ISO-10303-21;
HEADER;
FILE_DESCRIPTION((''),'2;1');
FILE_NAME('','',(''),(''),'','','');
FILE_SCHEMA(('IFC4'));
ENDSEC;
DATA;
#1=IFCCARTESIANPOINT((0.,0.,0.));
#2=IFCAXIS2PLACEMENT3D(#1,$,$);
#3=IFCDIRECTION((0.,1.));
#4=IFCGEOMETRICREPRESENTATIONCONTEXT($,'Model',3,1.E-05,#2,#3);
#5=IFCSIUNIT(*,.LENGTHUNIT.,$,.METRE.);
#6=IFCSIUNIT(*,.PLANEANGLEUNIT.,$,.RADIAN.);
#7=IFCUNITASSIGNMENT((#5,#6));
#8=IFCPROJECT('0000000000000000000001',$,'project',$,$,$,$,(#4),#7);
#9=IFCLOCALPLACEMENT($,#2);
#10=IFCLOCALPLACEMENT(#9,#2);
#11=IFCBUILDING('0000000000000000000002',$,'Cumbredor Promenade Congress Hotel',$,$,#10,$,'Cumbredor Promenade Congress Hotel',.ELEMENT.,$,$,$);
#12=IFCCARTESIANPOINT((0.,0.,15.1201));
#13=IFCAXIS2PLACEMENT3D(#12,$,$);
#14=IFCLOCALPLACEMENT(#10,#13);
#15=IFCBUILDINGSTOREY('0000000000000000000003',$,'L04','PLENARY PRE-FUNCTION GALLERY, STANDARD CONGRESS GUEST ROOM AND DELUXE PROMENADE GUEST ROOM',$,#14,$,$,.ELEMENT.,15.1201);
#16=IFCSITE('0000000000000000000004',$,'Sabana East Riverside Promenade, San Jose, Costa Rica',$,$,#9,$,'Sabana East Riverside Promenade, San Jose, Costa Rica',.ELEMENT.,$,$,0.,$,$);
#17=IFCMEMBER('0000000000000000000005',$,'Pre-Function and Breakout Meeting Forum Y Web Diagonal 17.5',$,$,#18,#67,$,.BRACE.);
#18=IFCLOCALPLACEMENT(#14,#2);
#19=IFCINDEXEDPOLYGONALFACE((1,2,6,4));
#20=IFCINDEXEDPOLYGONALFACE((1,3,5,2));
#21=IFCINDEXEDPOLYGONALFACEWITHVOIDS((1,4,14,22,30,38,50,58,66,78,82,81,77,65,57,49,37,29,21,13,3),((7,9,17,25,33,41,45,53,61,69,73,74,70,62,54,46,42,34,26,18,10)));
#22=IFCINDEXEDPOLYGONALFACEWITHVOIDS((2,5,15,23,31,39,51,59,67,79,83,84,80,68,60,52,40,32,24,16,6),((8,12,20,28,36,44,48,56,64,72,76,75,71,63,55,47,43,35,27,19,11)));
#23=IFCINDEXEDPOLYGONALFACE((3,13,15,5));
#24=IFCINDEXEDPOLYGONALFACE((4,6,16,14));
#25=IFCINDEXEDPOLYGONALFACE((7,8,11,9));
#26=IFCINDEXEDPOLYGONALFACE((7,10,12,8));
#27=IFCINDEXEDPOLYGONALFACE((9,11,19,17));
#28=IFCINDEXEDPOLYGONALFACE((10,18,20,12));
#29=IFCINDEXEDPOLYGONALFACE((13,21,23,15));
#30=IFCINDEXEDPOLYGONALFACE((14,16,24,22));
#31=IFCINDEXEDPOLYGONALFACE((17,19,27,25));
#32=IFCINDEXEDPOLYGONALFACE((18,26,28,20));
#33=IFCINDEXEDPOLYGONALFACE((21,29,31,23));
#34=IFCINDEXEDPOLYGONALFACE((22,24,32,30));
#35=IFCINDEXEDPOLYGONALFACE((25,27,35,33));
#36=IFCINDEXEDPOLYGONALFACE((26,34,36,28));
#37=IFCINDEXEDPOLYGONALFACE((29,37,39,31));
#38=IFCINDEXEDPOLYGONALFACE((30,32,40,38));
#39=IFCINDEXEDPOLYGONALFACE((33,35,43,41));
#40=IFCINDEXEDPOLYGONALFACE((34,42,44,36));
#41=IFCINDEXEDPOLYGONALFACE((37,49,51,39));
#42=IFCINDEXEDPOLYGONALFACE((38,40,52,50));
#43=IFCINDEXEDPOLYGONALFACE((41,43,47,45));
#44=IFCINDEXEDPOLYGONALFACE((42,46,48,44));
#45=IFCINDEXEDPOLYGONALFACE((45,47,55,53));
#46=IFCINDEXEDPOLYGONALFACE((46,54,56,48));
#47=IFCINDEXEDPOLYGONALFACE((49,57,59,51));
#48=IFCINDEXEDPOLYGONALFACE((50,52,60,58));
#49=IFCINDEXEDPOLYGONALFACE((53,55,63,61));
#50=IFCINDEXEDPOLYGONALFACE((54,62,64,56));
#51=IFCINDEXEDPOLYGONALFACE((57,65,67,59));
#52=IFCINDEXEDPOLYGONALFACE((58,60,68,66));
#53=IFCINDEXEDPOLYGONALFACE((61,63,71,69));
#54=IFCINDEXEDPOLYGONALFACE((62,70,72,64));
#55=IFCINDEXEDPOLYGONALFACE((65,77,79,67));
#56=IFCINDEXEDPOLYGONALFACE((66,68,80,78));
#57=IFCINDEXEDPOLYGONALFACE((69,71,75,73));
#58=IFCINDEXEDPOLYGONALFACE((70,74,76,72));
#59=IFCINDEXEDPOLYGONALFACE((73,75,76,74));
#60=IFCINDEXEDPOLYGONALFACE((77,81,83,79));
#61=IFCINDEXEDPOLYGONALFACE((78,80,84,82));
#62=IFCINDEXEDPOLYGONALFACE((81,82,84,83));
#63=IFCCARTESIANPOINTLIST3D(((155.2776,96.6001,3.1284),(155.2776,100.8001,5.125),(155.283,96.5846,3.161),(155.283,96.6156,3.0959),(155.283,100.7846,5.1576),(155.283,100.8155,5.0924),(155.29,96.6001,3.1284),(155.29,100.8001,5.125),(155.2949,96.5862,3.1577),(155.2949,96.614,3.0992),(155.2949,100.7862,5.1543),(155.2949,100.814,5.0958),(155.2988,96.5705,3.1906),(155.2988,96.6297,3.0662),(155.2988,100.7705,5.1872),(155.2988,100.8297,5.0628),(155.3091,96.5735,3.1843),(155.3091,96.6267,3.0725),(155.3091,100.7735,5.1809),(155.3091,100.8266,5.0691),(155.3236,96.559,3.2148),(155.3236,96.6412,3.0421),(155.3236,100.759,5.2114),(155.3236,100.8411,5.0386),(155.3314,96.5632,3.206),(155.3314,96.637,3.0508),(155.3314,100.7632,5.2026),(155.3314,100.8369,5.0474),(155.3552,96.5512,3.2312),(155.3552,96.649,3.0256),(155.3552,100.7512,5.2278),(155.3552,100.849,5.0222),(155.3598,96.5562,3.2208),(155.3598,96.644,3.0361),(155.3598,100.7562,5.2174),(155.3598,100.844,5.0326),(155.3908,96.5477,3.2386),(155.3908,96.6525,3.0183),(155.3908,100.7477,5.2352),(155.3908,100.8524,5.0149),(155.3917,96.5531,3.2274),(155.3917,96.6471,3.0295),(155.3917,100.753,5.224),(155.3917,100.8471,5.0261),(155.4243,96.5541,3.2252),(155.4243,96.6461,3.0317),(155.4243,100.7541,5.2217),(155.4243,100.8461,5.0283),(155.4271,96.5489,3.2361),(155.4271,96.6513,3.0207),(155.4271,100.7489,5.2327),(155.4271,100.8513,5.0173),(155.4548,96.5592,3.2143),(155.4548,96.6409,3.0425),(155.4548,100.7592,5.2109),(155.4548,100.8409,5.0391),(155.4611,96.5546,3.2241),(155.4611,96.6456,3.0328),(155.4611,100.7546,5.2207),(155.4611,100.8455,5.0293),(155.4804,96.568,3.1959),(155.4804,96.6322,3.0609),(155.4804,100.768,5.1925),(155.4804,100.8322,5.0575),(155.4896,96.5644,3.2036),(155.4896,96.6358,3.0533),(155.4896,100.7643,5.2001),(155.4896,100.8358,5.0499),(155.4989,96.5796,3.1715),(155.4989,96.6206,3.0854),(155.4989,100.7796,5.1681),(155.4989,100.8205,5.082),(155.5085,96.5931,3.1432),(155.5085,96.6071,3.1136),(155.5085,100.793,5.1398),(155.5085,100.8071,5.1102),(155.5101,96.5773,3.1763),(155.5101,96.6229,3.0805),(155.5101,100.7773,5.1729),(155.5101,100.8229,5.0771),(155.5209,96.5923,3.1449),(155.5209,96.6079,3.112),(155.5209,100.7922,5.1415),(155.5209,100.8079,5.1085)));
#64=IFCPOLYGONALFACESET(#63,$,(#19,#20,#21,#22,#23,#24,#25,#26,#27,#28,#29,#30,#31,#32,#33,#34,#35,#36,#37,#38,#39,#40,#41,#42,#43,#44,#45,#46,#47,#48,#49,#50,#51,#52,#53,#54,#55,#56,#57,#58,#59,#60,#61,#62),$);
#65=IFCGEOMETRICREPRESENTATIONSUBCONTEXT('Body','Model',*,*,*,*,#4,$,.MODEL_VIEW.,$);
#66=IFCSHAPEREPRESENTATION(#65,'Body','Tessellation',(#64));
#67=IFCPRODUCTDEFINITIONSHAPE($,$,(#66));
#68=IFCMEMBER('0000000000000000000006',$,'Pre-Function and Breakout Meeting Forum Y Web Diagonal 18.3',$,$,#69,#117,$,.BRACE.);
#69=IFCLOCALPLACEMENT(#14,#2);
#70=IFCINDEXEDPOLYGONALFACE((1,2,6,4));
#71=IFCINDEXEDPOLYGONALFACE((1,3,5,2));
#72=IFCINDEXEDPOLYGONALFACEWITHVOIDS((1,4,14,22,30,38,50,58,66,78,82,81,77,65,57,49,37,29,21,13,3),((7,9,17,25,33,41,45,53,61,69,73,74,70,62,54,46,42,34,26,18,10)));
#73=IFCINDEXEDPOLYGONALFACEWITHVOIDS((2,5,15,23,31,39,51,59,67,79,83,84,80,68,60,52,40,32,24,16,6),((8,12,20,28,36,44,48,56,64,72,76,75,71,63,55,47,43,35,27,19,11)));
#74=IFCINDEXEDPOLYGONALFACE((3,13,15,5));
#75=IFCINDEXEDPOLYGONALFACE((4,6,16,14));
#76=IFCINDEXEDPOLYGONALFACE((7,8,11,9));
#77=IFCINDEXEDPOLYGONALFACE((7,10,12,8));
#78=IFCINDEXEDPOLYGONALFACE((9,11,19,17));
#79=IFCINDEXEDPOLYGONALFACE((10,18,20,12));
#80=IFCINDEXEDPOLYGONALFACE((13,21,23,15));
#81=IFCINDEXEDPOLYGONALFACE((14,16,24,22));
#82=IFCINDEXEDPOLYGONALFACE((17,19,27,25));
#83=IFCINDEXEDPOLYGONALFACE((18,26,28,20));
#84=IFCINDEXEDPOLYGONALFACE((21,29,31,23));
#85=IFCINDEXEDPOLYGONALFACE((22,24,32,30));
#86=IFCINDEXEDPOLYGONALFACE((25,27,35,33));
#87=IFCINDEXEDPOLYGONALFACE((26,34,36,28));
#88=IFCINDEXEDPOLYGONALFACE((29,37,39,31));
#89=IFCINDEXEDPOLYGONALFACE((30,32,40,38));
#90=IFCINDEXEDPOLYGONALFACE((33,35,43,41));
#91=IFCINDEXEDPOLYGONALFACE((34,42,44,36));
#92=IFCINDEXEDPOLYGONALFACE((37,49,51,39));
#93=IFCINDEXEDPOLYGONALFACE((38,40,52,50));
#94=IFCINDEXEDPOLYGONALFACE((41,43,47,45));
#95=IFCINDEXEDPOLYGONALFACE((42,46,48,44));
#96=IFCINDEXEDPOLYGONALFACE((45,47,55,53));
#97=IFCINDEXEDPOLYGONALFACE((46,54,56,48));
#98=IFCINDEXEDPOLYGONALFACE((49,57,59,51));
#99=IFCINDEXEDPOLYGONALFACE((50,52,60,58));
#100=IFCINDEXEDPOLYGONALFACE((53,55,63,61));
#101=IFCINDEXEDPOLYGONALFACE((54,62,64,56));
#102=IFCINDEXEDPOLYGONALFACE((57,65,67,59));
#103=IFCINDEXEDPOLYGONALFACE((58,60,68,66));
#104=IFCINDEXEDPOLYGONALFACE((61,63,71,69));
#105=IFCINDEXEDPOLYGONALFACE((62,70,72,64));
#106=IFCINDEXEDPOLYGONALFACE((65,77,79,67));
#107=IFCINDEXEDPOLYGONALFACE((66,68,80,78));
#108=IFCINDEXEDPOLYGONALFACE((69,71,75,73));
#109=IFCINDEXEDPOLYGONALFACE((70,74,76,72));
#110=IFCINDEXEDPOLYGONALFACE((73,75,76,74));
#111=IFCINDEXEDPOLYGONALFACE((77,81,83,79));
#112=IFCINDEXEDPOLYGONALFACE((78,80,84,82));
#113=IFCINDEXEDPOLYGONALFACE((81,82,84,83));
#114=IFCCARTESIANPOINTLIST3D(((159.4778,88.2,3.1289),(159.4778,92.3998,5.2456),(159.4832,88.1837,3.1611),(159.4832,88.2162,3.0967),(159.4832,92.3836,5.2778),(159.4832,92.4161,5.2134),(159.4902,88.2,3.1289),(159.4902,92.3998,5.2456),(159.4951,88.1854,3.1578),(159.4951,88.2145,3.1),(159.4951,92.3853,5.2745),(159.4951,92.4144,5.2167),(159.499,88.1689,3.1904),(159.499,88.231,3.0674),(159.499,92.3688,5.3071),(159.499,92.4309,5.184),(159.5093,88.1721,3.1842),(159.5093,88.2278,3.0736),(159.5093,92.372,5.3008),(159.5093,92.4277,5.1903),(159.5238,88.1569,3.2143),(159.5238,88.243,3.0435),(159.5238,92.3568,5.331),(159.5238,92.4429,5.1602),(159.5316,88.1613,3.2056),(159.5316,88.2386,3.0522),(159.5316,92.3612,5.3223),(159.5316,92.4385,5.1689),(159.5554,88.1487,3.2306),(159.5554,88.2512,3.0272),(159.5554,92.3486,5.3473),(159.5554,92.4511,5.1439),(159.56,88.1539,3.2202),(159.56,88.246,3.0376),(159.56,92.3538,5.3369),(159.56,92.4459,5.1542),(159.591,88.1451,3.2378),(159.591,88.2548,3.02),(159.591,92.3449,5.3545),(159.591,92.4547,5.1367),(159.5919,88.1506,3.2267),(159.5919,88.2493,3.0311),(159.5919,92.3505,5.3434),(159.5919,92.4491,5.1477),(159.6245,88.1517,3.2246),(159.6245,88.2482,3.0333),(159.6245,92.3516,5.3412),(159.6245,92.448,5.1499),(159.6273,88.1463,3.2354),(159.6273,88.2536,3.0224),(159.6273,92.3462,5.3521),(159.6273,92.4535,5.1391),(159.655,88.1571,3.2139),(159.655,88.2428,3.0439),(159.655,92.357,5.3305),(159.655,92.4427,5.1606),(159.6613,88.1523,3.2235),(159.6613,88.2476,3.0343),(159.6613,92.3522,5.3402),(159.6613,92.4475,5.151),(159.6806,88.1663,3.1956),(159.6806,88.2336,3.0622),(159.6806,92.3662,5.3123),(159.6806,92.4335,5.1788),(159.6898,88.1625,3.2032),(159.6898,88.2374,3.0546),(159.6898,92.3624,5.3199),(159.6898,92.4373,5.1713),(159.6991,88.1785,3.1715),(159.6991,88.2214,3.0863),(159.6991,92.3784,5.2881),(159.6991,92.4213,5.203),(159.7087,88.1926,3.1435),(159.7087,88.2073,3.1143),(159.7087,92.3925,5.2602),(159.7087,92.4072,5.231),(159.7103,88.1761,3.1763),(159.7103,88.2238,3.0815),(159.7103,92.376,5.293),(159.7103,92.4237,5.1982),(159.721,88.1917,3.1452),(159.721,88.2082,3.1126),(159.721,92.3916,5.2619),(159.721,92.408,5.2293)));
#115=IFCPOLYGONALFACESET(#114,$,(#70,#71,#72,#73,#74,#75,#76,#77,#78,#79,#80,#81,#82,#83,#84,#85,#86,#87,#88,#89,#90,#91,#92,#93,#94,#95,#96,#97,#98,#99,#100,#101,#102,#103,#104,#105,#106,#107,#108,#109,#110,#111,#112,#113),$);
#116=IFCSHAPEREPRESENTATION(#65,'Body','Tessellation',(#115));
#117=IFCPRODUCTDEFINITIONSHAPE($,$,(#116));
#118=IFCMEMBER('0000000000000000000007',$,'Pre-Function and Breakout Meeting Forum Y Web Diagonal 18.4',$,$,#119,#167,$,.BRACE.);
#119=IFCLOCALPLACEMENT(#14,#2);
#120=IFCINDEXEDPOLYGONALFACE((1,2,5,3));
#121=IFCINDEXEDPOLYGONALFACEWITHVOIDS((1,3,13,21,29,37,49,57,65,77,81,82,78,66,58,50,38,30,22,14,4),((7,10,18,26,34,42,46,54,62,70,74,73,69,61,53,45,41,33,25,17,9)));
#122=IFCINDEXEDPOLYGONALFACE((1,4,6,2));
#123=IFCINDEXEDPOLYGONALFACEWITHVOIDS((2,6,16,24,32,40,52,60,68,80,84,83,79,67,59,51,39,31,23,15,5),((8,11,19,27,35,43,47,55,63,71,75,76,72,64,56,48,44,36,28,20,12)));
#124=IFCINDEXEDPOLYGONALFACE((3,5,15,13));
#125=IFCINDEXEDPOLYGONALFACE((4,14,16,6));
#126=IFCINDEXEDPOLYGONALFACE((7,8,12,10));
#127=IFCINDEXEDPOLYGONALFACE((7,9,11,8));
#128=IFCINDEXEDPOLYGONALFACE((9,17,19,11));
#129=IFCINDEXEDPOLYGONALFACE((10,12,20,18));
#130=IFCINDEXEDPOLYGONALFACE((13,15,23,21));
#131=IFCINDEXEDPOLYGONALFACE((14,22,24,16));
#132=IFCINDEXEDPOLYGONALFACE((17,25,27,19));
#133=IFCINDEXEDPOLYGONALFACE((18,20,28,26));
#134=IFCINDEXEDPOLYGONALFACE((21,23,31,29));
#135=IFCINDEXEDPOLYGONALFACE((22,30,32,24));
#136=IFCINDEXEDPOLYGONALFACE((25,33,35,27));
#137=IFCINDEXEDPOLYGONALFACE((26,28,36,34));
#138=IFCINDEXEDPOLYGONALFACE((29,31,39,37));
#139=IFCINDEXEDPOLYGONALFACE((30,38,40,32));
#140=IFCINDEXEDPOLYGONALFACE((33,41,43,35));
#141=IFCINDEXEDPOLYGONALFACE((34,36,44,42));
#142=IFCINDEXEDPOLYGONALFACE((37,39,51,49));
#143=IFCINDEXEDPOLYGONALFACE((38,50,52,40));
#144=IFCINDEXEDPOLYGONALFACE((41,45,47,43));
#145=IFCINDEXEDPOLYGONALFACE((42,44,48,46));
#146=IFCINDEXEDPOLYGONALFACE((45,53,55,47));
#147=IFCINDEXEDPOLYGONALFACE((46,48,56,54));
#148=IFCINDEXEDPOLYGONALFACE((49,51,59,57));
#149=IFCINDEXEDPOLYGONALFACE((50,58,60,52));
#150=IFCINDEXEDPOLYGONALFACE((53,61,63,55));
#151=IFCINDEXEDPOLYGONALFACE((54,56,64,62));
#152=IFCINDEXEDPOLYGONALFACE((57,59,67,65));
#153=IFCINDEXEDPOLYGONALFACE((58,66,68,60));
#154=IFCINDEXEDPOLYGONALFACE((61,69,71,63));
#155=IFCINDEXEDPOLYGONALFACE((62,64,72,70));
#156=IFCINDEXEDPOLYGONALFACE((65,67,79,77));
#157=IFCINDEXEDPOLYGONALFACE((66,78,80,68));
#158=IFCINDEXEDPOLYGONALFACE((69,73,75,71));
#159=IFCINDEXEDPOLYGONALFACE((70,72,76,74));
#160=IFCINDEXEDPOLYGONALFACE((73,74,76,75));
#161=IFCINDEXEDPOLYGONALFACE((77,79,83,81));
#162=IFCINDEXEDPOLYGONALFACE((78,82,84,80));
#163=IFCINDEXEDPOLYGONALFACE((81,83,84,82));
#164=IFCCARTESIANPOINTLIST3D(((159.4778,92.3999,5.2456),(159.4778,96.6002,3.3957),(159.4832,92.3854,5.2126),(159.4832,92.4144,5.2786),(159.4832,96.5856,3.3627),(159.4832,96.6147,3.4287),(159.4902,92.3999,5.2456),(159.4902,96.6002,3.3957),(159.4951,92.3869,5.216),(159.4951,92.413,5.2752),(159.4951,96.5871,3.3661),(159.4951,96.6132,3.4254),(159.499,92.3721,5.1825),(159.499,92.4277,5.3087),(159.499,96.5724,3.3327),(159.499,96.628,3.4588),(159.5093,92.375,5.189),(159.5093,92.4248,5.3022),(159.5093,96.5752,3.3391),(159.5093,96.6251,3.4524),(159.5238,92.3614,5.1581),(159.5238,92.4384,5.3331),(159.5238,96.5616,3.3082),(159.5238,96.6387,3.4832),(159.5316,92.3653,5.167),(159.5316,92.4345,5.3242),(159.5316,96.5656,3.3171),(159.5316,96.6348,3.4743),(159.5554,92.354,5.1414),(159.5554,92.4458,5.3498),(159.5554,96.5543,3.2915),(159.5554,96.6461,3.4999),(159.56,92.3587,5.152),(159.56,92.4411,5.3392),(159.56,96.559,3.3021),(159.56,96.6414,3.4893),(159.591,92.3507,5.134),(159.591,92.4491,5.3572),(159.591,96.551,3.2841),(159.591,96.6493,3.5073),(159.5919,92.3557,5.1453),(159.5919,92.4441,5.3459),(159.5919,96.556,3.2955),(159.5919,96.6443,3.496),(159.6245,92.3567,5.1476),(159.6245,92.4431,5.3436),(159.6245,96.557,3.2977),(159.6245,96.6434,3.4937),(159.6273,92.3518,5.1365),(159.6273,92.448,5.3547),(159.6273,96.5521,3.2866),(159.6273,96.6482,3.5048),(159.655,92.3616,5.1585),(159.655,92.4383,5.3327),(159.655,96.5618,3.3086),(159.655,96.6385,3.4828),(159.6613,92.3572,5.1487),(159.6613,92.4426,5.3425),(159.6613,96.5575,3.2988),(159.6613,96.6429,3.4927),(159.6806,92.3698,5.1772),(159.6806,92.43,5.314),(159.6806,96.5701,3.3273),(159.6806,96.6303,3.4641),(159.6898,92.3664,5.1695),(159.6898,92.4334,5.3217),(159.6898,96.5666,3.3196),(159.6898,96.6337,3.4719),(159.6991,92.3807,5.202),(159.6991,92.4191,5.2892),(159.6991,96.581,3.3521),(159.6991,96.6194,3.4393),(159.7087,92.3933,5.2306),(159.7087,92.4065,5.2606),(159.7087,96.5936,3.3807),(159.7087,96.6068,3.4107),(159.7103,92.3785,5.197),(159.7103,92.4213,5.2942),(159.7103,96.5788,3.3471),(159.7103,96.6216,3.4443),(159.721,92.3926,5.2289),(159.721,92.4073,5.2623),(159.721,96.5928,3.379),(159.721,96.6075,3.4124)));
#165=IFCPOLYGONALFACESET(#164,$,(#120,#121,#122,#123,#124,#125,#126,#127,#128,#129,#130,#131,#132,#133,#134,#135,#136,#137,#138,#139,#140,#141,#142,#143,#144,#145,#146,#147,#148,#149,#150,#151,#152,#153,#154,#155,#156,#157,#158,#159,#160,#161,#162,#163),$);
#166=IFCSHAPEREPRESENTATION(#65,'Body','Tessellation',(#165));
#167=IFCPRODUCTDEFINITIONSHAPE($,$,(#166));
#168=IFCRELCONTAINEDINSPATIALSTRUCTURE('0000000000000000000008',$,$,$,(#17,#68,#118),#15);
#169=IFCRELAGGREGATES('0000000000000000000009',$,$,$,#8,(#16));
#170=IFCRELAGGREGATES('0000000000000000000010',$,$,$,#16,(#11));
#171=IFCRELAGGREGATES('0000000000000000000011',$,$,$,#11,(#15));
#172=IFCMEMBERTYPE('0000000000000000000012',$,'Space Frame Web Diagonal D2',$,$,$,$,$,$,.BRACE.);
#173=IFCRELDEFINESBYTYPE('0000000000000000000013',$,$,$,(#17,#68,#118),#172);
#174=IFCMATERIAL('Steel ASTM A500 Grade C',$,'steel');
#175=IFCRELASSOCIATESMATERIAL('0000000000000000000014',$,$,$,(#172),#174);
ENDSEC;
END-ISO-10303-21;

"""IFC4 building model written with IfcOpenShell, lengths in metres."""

from ifc_helpers import new_model, si_unit, direction, frame, origin, origin_2d, place, context, subcontext, project, spatial, hollow_circle, extrude, material, material_profile, profile_set, type_object, element, save


model = new_model("IFC4")

# Units and contexts
model_context = context("Model", 3, precision=1e-05, world=origin(), true_north=direction((0.0, 1.0)))
body_context = subcontext(model_context, "Body", "Model", "MODEL_VIEW")
ifc_project = project(units=[si_unit("LENGTHUNIT", "METRE"), si_unit("PLANEANGLEUNIT", "RADIAN")], contexts=[model_context])

# Site, building, storey
site_placement = place(None, origin())
site = spatial("IfcSite", under=ifc_project, at=site_placement, Name="Sabana East Riverside Promenade, San Jose, Costa Rica", LongName="Sabana East Riverside Promenade, San Jose, Costa Rica", CompositionType="ELEMENT", RefElevation=0.0)
building_placement = place(site_placement, origin())
building = spatial("IfcBuilding", under=site, at=building_placement, Name="Cumbredor Promenade Congress Hotel", LongName="Cumbredor Promenade Congress Hotel", CompositionType="ELEMENT")
storey_placement = place(building_placement, frame((0.0, 0.0, 15.1201)))
storey = spatial("IfcBuildingStorey", under=building, at=storey_placement, Name="L04", Description="PLENARY PRE-FUNCTION GALLERY, STANDARD CONGRESS GUEST ROOM AND DELUXE PROMENADE GUEST ROOM", CompositionType="ELEMENT", Elevation=15.1201)

# Members
ifc_material_1 = material(Name="Steel ASTM A500 Grade C", Category="steel")
ifc_material_profile_1 = material_profile(ifc_material_1, hollow_circle(Radius=0.1223, WallThickness=0.0125, at=origin_2d()), Name="CHS 244.5x12.5")
ifc_profile_set_1 = profile_set([ifc_material_profile_1], Name="Steel ASTM A500 Grade C")
member_type_1 = type_object("IfcMemberType", Name="Space Frame Web Diagonal D2", PredefinedType="BRACE", material=ifc_profile_set_1)
member_1_placement = place(storey_placement, frame((155.3999, 96.6001, 3.1284), z_axis=(0.0, 0.903144, 0.429338), x_axis=(-1.0, 0.0, 0.0)))
element("IfcMember", 1, at=member_1_placement, inside=storey, type_object=member_type_1, Name="Pre-Function and Breakout Meeting Forum Y Web Diagonal 17.5", PredefinedType="BRACE", context=body_context, shape_type="SweptSolid", body=[
    extrude(hollow_circle(Radius=0.1223, WallThickness=0.0125, at=origin_2d()), origin(), (0.0, 0.0, 1.0), 4.6504),
])
member_2_placement = place(storey_placement, frame((159.6001, 88.2, 3.1289), z_axis=(0.0, 0.893, 0.450056), x_axis=(-1.0, 0.0, 0.0)))
element("IfcMember", 2, at=member_2_placement, inside=storey, type_object=member_type_1, Name="Pre-Function and Breakout Meeting Forum Y Web Diagonal 18.3", PredefinedType="BRACE", context=body_context, shape_type="SweptSolid", body=[
    extrude(hollow_circle(Radius=0.1223, WallThickness=0.0125, at=origin_2d()), origin(), (0.0, 0.0, 1.0), 4.7031),
])
member_3_placement = place(storey_placement, frame((159.6001, 92.3999, 5.2456), z_axis=(0.0, 0.915173, -0.403061), x_axis=(-1.0, 0.0, 0.0)))
element("IfcMember", 3, at=member_3_placement, inside=storey, type_object=member_type_1, Name="Pre-Function and Breakout Meeting Forum Y Web Diagonal 18.4", PredefinedType="BRACE", context=body_context, shape_type="SweptSolid", body=[
    extrude(hollow_circle(Radius=0.1223, WallThickness=0.0125, at=origin_2d()), origin(), (0.0, 0.0, 1.0), 4.5896),
])

save(model, "model.ifc")
